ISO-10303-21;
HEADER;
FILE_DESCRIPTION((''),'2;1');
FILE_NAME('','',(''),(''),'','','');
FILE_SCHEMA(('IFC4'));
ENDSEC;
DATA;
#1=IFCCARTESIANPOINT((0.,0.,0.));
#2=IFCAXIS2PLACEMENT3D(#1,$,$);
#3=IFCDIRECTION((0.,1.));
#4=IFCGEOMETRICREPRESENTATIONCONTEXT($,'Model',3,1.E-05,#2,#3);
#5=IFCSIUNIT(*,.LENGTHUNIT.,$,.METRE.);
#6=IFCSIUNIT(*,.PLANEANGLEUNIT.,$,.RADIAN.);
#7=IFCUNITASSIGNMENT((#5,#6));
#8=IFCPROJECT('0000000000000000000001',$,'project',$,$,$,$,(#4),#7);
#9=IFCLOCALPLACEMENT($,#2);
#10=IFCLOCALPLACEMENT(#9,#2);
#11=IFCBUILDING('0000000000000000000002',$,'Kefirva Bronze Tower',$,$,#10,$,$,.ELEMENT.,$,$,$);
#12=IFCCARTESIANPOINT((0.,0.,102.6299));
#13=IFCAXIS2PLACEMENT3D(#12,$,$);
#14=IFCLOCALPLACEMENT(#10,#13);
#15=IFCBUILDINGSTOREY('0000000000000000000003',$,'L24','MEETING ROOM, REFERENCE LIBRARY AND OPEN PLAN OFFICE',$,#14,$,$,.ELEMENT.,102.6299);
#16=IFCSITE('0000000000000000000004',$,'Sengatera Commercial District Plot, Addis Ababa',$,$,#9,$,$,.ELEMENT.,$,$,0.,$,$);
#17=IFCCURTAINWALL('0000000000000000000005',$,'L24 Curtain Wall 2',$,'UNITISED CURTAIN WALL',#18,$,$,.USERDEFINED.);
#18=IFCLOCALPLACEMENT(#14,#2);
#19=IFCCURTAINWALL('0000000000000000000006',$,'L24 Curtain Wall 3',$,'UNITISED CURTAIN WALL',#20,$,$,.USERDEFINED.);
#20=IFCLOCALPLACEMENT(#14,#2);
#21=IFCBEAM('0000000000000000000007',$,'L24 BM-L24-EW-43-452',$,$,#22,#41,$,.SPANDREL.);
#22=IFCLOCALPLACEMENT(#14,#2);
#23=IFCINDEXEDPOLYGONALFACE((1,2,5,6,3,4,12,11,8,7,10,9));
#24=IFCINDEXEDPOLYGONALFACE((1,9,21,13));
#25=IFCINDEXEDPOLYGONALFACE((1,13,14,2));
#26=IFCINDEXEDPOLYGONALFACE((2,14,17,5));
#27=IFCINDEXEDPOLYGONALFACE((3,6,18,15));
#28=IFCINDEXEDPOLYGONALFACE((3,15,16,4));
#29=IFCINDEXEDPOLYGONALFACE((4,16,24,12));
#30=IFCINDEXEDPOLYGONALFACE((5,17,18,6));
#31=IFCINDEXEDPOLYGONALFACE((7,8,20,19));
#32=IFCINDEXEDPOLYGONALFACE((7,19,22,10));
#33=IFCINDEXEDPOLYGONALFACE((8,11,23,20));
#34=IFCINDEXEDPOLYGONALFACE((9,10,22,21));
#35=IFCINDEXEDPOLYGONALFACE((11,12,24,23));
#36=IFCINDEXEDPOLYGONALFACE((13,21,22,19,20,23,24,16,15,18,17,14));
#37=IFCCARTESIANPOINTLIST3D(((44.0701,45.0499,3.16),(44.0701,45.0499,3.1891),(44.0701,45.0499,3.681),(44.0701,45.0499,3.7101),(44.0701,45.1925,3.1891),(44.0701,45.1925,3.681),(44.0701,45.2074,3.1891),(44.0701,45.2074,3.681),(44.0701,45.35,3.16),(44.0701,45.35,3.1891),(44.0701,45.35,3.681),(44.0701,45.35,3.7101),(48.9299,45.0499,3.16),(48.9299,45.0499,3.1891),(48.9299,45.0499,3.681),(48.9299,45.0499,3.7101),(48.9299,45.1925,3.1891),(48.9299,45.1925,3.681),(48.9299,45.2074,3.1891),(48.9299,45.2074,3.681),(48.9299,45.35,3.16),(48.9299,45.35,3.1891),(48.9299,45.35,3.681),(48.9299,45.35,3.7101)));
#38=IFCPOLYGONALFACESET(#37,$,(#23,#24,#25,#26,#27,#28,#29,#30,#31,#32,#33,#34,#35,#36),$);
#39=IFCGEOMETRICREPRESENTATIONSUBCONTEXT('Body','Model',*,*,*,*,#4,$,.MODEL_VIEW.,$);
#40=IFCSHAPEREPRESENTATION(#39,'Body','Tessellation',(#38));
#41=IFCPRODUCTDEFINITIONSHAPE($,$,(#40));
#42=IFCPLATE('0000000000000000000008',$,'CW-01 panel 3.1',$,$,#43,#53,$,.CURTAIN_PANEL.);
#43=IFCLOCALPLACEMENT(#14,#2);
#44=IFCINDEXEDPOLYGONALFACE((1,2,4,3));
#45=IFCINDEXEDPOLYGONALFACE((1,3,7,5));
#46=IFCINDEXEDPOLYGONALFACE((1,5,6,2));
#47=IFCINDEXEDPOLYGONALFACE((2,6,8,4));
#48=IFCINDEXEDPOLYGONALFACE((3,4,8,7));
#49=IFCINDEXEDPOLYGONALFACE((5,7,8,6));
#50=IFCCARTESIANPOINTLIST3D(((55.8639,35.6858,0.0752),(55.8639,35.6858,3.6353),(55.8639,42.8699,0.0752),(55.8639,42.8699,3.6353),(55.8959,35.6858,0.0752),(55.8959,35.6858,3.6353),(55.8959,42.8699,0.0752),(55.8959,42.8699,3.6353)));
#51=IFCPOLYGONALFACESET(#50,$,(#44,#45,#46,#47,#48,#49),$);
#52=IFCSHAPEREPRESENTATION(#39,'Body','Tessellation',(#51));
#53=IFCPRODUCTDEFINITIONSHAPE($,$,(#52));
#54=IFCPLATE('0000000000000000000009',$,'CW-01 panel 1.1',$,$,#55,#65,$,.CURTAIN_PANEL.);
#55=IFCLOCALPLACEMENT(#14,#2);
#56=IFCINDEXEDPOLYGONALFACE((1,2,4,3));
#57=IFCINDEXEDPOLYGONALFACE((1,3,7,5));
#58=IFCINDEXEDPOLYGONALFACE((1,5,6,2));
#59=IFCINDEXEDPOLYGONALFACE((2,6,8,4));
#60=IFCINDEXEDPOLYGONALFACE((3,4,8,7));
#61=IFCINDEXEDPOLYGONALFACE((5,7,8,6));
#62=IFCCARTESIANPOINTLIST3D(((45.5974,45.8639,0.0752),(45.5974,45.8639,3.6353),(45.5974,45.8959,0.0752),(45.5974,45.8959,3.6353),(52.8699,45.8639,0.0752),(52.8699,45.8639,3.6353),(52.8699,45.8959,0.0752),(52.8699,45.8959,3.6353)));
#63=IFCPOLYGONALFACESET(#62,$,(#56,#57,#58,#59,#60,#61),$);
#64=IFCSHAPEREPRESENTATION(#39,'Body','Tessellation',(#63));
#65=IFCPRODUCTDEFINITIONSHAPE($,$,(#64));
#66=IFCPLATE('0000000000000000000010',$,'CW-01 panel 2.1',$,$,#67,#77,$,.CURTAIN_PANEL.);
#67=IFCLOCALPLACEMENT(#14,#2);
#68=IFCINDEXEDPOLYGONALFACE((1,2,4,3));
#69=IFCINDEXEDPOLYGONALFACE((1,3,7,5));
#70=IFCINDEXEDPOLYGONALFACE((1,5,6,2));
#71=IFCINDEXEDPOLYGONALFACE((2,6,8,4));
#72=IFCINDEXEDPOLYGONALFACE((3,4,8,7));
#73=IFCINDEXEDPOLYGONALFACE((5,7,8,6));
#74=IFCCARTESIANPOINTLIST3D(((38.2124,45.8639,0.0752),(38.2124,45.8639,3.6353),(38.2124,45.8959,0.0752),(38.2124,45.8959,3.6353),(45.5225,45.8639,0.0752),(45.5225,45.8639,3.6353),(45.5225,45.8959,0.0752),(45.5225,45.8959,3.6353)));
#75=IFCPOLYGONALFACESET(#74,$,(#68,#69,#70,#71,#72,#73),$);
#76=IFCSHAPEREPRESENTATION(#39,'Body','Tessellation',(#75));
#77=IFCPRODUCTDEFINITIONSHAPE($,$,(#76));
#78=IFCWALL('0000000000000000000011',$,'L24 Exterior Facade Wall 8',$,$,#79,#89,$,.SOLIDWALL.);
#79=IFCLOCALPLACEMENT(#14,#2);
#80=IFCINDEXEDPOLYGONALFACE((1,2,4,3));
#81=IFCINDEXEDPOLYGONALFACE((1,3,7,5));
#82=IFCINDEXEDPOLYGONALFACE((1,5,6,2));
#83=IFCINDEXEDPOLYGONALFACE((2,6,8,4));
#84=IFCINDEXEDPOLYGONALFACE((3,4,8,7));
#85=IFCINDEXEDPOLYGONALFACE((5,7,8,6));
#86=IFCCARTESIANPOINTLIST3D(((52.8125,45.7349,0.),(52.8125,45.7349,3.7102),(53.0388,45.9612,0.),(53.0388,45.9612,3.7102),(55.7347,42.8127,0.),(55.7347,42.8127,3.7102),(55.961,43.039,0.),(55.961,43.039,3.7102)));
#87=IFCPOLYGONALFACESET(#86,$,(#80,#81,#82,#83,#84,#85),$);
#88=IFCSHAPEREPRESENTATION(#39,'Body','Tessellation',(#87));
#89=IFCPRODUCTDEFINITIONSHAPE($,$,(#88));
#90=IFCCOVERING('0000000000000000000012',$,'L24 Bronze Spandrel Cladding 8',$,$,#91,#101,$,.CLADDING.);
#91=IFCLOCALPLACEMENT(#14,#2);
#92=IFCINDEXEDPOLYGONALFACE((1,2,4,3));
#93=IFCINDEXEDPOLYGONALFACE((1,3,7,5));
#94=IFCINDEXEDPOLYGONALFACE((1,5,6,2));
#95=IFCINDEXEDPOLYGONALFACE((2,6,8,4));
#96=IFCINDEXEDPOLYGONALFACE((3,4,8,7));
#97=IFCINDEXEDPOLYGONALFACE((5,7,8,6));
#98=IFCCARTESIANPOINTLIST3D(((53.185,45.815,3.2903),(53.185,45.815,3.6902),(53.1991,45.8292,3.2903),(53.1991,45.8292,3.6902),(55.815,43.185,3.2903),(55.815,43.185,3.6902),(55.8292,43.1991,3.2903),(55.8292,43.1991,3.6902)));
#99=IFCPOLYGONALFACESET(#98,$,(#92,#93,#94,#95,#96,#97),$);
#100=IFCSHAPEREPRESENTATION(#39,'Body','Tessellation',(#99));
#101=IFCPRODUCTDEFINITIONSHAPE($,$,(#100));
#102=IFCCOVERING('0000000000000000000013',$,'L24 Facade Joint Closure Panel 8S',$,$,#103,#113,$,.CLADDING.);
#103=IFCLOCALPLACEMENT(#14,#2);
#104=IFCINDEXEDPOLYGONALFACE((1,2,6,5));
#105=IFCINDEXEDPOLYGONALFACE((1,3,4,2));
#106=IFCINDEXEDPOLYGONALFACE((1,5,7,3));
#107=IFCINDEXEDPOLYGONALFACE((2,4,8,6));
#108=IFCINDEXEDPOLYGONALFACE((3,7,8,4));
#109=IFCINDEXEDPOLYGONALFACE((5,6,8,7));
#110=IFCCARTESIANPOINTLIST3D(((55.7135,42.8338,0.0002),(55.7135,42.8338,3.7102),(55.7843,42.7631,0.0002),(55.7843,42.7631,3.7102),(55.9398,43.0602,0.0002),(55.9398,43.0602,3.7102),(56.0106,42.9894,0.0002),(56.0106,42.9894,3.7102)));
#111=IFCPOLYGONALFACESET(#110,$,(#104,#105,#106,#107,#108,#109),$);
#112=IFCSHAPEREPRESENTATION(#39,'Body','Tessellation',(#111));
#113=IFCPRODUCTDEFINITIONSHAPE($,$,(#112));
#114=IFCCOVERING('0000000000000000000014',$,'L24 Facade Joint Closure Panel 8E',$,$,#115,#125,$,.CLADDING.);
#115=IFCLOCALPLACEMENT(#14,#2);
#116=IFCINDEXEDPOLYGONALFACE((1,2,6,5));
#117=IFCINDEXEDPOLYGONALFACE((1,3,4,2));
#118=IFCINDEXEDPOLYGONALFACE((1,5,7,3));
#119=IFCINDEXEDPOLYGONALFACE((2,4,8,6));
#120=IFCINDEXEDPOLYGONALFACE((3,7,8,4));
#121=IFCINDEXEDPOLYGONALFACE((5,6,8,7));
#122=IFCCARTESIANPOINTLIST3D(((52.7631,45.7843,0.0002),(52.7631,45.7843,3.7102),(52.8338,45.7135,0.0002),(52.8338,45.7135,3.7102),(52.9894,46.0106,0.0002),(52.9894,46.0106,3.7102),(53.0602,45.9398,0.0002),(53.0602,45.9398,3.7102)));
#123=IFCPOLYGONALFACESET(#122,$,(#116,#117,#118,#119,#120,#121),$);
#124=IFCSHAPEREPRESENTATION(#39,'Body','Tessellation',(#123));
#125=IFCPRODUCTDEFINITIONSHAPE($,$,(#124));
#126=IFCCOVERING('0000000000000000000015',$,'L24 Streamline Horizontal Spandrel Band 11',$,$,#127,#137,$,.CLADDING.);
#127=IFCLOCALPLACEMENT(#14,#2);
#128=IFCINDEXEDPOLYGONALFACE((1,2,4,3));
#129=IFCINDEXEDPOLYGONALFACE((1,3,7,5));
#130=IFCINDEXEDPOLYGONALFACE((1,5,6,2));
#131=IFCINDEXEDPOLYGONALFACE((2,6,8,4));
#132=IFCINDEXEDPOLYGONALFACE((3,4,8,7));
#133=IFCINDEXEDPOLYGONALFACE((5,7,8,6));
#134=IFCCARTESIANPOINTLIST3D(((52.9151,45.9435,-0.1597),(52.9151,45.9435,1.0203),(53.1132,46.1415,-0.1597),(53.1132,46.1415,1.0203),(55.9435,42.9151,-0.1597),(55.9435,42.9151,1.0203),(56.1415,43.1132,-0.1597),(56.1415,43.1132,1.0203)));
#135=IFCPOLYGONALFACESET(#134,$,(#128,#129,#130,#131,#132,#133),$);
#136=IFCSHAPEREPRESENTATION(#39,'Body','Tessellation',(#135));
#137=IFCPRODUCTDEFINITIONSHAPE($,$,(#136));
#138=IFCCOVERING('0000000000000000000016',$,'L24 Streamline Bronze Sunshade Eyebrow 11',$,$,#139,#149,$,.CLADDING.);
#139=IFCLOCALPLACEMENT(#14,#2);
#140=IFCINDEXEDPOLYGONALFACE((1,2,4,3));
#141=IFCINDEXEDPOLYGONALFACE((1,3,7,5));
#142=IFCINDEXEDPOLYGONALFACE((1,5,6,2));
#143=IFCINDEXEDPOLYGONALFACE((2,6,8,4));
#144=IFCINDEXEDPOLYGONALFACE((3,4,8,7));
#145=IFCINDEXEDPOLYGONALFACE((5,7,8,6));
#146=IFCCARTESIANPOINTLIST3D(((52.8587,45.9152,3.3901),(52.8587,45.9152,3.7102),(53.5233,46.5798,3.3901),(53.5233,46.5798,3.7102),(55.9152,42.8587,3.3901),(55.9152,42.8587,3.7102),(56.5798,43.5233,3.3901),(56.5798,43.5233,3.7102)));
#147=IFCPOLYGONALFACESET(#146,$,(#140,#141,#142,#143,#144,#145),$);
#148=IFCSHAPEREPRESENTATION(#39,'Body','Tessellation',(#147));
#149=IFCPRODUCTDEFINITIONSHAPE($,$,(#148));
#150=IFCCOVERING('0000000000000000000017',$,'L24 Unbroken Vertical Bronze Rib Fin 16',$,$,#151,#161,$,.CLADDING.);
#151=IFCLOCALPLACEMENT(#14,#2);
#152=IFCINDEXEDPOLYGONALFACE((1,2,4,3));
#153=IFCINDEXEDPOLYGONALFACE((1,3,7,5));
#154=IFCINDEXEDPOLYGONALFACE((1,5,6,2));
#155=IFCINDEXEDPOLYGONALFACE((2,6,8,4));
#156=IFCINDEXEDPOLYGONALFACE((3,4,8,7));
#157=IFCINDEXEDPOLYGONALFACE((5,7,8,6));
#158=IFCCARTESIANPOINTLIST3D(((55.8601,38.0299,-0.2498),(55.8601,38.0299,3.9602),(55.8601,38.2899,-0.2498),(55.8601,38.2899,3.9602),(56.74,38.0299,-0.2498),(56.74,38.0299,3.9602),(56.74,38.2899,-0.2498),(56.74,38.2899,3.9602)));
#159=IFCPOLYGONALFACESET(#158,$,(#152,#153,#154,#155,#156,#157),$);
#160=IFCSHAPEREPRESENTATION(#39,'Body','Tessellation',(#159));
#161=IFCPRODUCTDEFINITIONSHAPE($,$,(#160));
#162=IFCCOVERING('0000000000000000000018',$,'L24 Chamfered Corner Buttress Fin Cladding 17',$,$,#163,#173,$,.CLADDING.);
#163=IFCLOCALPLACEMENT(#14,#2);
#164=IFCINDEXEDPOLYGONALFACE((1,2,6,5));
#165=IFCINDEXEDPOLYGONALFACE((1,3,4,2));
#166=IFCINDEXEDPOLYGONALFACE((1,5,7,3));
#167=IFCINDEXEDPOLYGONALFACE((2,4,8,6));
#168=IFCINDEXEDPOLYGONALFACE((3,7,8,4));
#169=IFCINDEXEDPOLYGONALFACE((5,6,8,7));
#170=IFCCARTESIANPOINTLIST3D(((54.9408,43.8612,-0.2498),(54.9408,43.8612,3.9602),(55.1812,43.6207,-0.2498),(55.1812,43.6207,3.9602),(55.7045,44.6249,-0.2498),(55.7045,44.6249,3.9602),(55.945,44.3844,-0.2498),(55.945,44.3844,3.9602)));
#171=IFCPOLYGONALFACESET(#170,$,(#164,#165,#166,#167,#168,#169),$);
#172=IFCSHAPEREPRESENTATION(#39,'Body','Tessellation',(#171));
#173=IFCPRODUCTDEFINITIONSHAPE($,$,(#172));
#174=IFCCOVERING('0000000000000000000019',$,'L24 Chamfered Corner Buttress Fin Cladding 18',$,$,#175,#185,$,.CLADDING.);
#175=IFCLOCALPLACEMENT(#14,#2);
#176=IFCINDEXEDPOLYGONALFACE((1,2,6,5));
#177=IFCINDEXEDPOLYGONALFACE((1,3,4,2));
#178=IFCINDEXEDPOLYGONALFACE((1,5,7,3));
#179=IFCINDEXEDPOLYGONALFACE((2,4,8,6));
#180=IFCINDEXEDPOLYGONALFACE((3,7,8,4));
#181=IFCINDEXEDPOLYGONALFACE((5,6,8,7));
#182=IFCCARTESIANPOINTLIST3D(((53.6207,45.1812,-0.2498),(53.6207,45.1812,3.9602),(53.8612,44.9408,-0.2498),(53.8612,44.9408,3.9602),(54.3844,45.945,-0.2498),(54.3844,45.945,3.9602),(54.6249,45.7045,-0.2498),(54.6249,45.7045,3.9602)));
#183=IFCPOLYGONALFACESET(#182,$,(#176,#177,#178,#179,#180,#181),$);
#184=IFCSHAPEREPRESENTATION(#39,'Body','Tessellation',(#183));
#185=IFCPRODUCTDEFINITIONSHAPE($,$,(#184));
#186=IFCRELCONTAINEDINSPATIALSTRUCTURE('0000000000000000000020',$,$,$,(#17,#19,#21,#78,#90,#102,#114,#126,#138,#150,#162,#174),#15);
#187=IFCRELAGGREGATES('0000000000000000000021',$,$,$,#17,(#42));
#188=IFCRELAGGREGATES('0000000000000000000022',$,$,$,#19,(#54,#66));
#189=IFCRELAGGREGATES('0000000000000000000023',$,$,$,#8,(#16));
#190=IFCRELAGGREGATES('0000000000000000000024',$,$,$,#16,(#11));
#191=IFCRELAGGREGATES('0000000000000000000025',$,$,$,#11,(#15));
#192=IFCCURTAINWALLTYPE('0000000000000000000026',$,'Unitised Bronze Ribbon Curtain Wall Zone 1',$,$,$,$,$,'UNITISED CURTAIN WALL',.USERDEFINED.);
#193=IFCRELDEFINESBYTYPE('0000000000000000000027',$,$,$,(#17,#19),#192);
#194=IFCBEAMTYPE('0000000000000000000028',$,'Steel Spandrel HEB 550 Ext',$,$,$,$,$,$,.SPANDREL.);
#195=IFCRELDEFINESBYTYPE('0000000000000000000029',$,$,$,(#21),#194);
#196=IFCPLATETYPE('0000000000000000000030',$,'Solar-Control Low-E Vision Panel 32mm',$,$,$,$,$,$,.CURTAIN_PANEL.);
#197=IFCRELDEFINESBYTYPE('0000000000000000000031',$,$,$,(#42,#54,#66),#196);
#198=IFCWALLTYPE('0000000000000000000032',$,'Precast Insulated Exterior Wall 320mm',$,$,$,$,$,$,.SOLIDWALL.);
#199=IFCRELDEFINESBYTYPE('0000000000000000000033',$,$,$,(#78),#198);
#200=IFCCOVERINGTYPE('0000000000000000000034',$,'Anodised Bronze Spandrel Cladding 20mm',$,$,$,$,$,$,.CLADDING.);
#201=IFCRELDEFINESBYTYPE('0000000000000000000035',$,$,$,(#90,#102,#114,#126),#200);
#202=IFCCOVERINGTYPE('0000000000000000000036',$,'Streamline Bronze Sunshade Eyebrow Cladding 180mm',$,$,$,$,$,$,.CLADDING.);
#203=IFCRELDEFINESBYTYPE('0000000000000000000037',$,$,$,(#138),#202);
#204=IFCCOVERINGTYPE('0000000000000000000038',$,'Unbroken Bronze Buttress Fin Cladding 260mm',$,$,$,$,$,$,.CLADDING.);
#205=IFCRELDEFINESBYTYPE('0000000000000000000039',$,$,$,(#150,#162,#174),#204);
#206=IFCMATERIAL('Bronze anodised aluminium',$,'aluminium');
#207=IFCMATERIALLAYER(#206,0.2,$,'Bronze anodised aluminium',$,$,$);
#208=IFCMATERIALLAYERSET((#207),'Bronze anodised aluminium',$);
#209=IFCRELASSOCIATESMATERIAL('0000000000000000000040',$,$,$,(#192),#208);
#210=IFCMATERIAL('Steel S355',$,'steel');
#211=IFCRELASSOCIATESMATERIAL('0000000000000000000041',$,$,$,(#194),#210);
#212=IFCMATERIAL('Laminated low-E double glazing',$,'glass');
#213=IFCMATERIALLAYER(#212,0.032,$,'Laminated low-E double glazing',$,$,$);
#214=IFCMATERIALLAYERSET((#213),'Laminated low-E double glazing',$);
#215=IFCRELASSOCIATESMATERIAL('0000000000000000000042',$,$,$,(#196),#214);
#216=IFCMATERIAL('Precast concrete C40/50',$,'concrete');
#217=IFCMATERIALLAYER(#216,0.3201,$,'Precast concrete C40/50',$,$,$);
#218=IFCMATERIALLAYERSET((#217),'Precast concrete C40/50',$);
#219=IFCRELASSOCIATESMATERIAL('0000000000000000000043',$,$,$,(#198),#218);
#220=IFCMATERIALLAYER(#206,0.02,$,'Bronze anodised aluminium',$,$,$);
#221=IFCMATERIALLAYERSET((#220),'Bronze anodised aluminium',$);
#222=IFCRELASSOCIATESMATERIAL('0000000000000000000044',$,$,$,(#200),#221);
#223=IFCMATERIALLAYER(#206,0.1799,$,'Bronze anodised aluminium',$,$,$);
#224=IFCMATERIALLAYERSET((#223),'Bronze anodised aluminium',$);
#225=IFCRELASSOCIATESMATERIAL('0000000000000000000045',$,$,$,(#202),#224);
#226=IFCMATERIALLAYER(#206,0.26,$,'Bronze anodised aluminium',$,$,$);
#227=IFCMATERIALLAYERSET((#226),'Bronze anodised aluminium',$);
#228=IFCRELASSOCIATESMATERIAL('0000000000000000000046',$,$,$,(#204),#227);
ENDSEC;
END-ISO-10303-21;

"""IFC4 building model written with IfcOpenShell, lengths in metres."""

from ifc_helpers import new_model, si_unit, direction, frame, frame_2d, origin, origin_2d, place, context, subcontext, project, spatial, rectangle, i_section, extrude, material, layer, layer_set, material_profile, profile_set, type_object, element, aggregate, save


model = new_model("IFC4")

# Units and contexts
model_context = context("Model", 3, precision=1e-05, world=origin(), true_north=direction((0.0, 1.0)))
body_context = subcontext(model_context, "Body", "Model", "MODEL_VIEW")
ifc_project = project(units=[si_unit("LENGTHUNIT", "METRE"), si_unit("PLANEANGLEUNIT", "RADIAN")], contexts=[model_context])

# Site, building, storey
site_placement = place(None, origin())
site = spatial("IfcSite", under=ifc_project, at=site_placement, Name="Sengatera Commercial District Plot, Addis Ababa", CompositionType="ELEMENT", RefElevation=0.0)
building_placement = place(site_placement, origin())
building = spatial("IfcBuilding", under=site, at=building_placement, Name="Kefirva Bronze Tower", CompositionType="ELEMENT")
storey_placement = place(building_placement, frame((0.0, 0.0, 102.6299)))
storey = spatial("IfcBuildingStorey", under=building, at=storey_placement, Name="L24", Description="MEETING ROOM, REFERENCE LIBRARY AND OPEN PLAN OFFICE", CompositionType="ELEMENT", Elevation=102.6299)

# Curtain wall
ifc_material_1 = material(Name="Bronze anodised aluminium", Category="aluminium")
ifc_layer_1 = layer(ifc_material_1, 0.2, Name="Bronze anodised aluminium")
ifc_layer_set_1 = layer_set([ifc_layer_1], Name="Bronze anodised aluminium")
curtain_wall_type = type_object("IfcCurtainWallType", Name="Unitised Bronze Ribbon Curtain Wall Zone 1", ElementType="UNITISED CURTAIN WALL", PredefinedType="USERDEFINED", material=ifc_layer_set_1)
curtain_wall_1_placement = place(storey_placement, origin())
curtain_wall_1 = element("IfcCurtainWall", 1, at=curtain_wall_1_placement, inside=storey, type_object=curtain_wall_type, Name="L24 Curtain Wall 2", ObjectType="UNITISED CURTAIN WALL", PredefinedType="USERDEFINED")

# Curtain wall
curtain_wall_2_placement = place(storey_placement, origin())
curtain_wall_2 = element("IfcCurtainWall", 2, at=curtain_wall_2_placement, inside=storey, type_object=curtain_wall_type, Name="L24 Curtain Wall 3", ObjectType="UNITISED CURTAIN WALL", PredefinedType="USERDEFINED")

# Beam
ifc_material_2 = material(Name="Steel S355", Category="steel")
ifc_material_profile_1 = material_profile(ifc_material_2, i_section(OverallWidth=0.3, OverallDepth=0.55, WebThickness=0.0149, FlangeThickness=0.0291, at=origin_2d()), Name="HEB 550")
ifc_profile_set_1 = profile_set([ifc_material_profile_1], Name="Steel S355")
beam_type_1 = type_object("IfcBeamType", Name="Steel Spandrel HEB 550 Ext", PredefinedType="SPANDREL", material=ifc_profile_set_1)
beam_1_placement = place(storey_placement, frame((44.0701, 45.2, 3.4351), z_axis=(1.0, 0.0, 0.0), x_axis=(0.0, 1.0, 0.0)))
element("IfcBeam", 3, at=beam_1_placement, inside=storey, type_object=beam_type_1, Name="L24 BM-L24-EW-43-452", PredefinedType="SPANDREL", context=body_context, shape_type="SweptSolid", body=[
    extrude(i_section(OverallWidth=0.3, OverallDepth=0.55, WebThickness=0.0149, FlangeThickness=0.0291, at=origin_2d()), origin(), (0.0, 0.0, 1.0), 4.8599),
])

# Plates
ifc_material_3 = material(Name="Laminated low-E double glazing", Category="glass")
ifc_layer_2 = layer(ifc_material_3, 0.032, Name="Laminated low-E double glazing")
ifc_layer_set_2 = layer_set([ifc_layer_2], Name="Laminated low-E double glazing")
plate_type = type_object("IfcPlateType", Name="Solar-Control Low-E Vision Panel 32mm", PredefinedType="CURTAIN_PANEL", material=ifc_layer_set_2)
plate_1_placement = place(storey_placement, frame((55.8799, 39.2778, 0.0752), z_axis=(0.0, 0.0, 1.0), x_axis=(0.0, 1.0, 0.0)))
plate_1 = element("IfcPlate", 4, at=plate_1_placement, type_object=plate_type, Name="CW-01 panel 3.1", PredefinedType="CURTAIN_PANEL", context=body_context, shape_type="SweptSolid", body=[
    extrude(rectangle(XDim=7.1841, YDim=0.032, at=origin_2d()), origin(), (0.0, 0.0, 1.0), 3.5601),
])
aggregate(curtain_wall_1, [plate_1])
plate_2_placement = place(storey_placement, frame((49.2336, 45.8799, 0.0752), z_axis=(0.0, 0.0, 1.0), x_axis=(-1.0, 0.0, 0.0)))
plate_2 = element("IfcPlate", 5, at=plate_2_placement, type_object=plate_type, Name="CW-01 panel 1.1", PredefinedType="CURTAIN_PANEL", context=body_context, shape_type="SweptSolid", body=[
    extrude(rectangle(XDim=7.2725, YDim=0.032, at=origin_2d()), origin(), (0.0, 0.0, 1.0), 3.5601),
])
plate_3_placement = place(storey_placement, frame((41.8674, 45.8799, 0.0752), z_axis=(0.0, 0.0, 1.0), x_axis=(-1.0, 0.0, 0.0)))
plate_3 = element("IfcPlate", 6, at=plate_3_placement, type_object=plate_type, Name="CW-01 panel 2.1", PredefinedType="CURTAIN_PANEL", context=body_context, shape_type="SweptSolid", body=[
    extrude(rectangle(XDim=7.3101, YDim=0.032, at=origin_2d()), origin(), (0.0, 0.0, 1.0), 3.5601),
])
aggregate(curtain_wall_2, [plate_2, plate_3])

# Wall
ifc_material_4 = material(Name="Precast concrete C40/50", Category="concrete")
ifc_layer_3 = layer(ifc_material_4, 0.3201, Name="Precast concrete C40/50")
ifc_layer_set_3 = layer_set([ifc_layer_3], Name="Precast concrete C40/50")
wall_type = type_object("IfcWallType", Name="Precast Insulated Exterior Wall 320mm", PredefinedType="SOLIDWALL", material=ifc_layer_set_3)
wall_placement = place(storey_placement, frame((55.8479, 42.9258, 0.0), z_axis=(0.0, 0.0, 1.0), x_axis=(-0.707107, 0.707107, 0.0)))
element("IfcWall", 7, at=wall_placement, inside=storey, type_object=wall_type, Name="L24 Exterior Facade Wall 8", PredefinedType="SOLIDWALL", context=body_context, shape_type="SweptSolid", body=[
    extrude(rectangle(XDim=4.1326, YDim=0.3201, at=frame_2d((2.0664, 0.0))), origin(), (0.0, 0.0, 1.0), 3.7102),
])

# Coverings
ifc_layer_4 = layer(ifc_material_1, 0.02, Name="Bronze anodised aluminium")
ifc_layer_set_4 = layer_set([ifc_layer_4], Name="Bronze anodised aluminium")
covering_type_1 = type_object("IfcCoveringType", Name="Anodised Bronze Spandrel Cladding 20mm", PredefinedType="CLADDING", material=ifc_layer_set_4)
covering_1_placement = place(storey_placement, frame((54.5071, 44.5071, 3.2903), z_axis=(0.0, 0.0, 1.0), x_axis=(-0.707107, 0.707107, 0.0)))
element("IfcCovering", 8, at=covering_1_placement, inside=storey, type_object=covering_type_1, Name="L24 Bronze Spandrel Cladding 8", PredefinedType="CLADDING", context=body_context, shape_type="SweptSolid", body=[
    extrude(rectangle(XDim=3.7195, YDim=0.02, at=origin_2d()), origin(), (0.0, 0.0, 1.0), 0.3999),
])
for number, where, z_axis, x_axis, name in (
    (9, (55.8621, 42.9116, 0.0002), (0.0, 0.0, 1.0), (-0.707107, 0.707107, 0.0), "L24 Facade Joint Closure Panel 8S"),
    (10, (52.9116, 45.8621, 0.0002), (0.0, 0.0, 1.0), (-0.707107, 0.707107, 0.0), "L24 Facade Joint Closure Panel 8E"),
):
    element("IfcCovering", number, at=place(storey_placement, frame(where, z_axis=z_axis, x_axis=x_axis)), inside=storey, type_object=covering_type_1, Name=name, PredefinedType="CLADDING", context=body_context, shape_type="SweptSolid", body=[
        extrude(rectangle(XDim=0.1001, YDim=0.3201, at=origin_2d()), origin(), (0.0, 0.0, 1.0), 3.71),
    ])
covering_2_placement = place(storey_placement, frame((54.5283, 44.5283, -0.1597), z_axis=(0.0, 0.0, 1.0), x_axis=(-0.707107, 0.707107, 0.0)))
element("IfcCovering", 11, at=covering_2_placement, inside=storey, type_object=covering_type_1, Name="L24 Streamline Horizontal Spandrel Band 11", PredefinedType="CLADDING", context=body_context, shape_type="SweptSolid", body=[
    extrude(rectangle(XDim=4.2827, YDim=0.28, at=origin_2d()), origin(), (0.0, 0.0, 1.0), 1.1799),
])
ifc_layer_5 = layer(ifc_material_1, 0.1799, Name="Bronze anodised aluminium")
ifc_layer_set_5 = layer_set([ifc_layer_5], Name="Bronze anodised aluminium")
covering_type_2 = type_object("IfcCoveringType", Name="Streamline Bronze Sunshade Eyebrow Cladding 180mm", PredefinedType="CLADDING", material=ifc_layer_set_5)
covering_3_placement = place(storey_placement, frame((54.7192, 44.7192, 3.3901), z_axis=(0.0, 0.0, 1.0), x_axis=(-0.707107, 0.707107, 0.0)))
element("IfcCovering", 12, at=covering_3_placement, inside=storey, type_object=covering_type_2, Name="L24 Streamline Bronze Sunshade Eyebrow 11", PredefinedType="CLADDING", context=body_context, shape_type="SweptSolid", body=[
    extrude(rectangle(XDim=4.3225, YDim=0.9399, at=origin_2d()), origin(), (0.0, 0.0, 1.0), 0.3201),
])
ifc_layer_6 = layer(ifc_material_1, 0.26, Name="Bronze anodised aluminium")
ifc_layer_set_6 = layer_set([ifc_layer_6], Name="Bronze anodised aluminium")
covering_type_3 = type_object("IfcCoveringType", Name="Unbroken Bronze Buttress Fin Cladding 260mm", PredefinedType="CLADDING", material=ifc_layer_set_6)
covering_4_placement = place(storey_placement, frame((56.3, 38.1599, -0.2498), z_axis=(0.0, 0.0, 1.0), x_axis=(0.0, 1.0, 0.0)))
element("IfcCovering", 13, at=covering_4_placement, inside=storey, type_object=covering_type_3, Name="L24 Unbroken Vertical Bronze Rib Fin 16", PredefinedType="CLADDING", context=body_context, shape_type="SweptSolid", body=[
    extrude(rectangle(XDim=0.26, YDim=0.8799, at=origin_2d()), origin(), (0.0, 0.0, 1.0), 4.21),
])
for number, where, z_axis, x_axis, name in (
    (14, (55.4429, 44.1228, -0.2498), (0.0, 0.0, 1.0), (-0.707107, 0.707107, 0.0), "L24 Chamfered Corner Buttress Fin Cladding 17"),
    (15, (54.1228, 45.4429, -0.2498), (0.0, 0.0, 1.0), (-0.707107, 0.707107, 0.0), "L24 Chamfered Corner Buttress Fin Cladding 18"),
):
    element("IfcCovering", number, at=place(storey_placement, frame(where, z_axis=z_axis, x_axis=x_axis)), inside=storey, type_object=covering_type_3, Name=name, PredefinedType="CLADDING", context=body_context, shape_type="SweptSolid", body=[
        extrude(rectangle(XDim=0.3401, YDim=1.0801, at=origin_2d()), origin(), (0.0, 0.0, 1.0), 4.21),
    ])

save(model, "model.ifc")
